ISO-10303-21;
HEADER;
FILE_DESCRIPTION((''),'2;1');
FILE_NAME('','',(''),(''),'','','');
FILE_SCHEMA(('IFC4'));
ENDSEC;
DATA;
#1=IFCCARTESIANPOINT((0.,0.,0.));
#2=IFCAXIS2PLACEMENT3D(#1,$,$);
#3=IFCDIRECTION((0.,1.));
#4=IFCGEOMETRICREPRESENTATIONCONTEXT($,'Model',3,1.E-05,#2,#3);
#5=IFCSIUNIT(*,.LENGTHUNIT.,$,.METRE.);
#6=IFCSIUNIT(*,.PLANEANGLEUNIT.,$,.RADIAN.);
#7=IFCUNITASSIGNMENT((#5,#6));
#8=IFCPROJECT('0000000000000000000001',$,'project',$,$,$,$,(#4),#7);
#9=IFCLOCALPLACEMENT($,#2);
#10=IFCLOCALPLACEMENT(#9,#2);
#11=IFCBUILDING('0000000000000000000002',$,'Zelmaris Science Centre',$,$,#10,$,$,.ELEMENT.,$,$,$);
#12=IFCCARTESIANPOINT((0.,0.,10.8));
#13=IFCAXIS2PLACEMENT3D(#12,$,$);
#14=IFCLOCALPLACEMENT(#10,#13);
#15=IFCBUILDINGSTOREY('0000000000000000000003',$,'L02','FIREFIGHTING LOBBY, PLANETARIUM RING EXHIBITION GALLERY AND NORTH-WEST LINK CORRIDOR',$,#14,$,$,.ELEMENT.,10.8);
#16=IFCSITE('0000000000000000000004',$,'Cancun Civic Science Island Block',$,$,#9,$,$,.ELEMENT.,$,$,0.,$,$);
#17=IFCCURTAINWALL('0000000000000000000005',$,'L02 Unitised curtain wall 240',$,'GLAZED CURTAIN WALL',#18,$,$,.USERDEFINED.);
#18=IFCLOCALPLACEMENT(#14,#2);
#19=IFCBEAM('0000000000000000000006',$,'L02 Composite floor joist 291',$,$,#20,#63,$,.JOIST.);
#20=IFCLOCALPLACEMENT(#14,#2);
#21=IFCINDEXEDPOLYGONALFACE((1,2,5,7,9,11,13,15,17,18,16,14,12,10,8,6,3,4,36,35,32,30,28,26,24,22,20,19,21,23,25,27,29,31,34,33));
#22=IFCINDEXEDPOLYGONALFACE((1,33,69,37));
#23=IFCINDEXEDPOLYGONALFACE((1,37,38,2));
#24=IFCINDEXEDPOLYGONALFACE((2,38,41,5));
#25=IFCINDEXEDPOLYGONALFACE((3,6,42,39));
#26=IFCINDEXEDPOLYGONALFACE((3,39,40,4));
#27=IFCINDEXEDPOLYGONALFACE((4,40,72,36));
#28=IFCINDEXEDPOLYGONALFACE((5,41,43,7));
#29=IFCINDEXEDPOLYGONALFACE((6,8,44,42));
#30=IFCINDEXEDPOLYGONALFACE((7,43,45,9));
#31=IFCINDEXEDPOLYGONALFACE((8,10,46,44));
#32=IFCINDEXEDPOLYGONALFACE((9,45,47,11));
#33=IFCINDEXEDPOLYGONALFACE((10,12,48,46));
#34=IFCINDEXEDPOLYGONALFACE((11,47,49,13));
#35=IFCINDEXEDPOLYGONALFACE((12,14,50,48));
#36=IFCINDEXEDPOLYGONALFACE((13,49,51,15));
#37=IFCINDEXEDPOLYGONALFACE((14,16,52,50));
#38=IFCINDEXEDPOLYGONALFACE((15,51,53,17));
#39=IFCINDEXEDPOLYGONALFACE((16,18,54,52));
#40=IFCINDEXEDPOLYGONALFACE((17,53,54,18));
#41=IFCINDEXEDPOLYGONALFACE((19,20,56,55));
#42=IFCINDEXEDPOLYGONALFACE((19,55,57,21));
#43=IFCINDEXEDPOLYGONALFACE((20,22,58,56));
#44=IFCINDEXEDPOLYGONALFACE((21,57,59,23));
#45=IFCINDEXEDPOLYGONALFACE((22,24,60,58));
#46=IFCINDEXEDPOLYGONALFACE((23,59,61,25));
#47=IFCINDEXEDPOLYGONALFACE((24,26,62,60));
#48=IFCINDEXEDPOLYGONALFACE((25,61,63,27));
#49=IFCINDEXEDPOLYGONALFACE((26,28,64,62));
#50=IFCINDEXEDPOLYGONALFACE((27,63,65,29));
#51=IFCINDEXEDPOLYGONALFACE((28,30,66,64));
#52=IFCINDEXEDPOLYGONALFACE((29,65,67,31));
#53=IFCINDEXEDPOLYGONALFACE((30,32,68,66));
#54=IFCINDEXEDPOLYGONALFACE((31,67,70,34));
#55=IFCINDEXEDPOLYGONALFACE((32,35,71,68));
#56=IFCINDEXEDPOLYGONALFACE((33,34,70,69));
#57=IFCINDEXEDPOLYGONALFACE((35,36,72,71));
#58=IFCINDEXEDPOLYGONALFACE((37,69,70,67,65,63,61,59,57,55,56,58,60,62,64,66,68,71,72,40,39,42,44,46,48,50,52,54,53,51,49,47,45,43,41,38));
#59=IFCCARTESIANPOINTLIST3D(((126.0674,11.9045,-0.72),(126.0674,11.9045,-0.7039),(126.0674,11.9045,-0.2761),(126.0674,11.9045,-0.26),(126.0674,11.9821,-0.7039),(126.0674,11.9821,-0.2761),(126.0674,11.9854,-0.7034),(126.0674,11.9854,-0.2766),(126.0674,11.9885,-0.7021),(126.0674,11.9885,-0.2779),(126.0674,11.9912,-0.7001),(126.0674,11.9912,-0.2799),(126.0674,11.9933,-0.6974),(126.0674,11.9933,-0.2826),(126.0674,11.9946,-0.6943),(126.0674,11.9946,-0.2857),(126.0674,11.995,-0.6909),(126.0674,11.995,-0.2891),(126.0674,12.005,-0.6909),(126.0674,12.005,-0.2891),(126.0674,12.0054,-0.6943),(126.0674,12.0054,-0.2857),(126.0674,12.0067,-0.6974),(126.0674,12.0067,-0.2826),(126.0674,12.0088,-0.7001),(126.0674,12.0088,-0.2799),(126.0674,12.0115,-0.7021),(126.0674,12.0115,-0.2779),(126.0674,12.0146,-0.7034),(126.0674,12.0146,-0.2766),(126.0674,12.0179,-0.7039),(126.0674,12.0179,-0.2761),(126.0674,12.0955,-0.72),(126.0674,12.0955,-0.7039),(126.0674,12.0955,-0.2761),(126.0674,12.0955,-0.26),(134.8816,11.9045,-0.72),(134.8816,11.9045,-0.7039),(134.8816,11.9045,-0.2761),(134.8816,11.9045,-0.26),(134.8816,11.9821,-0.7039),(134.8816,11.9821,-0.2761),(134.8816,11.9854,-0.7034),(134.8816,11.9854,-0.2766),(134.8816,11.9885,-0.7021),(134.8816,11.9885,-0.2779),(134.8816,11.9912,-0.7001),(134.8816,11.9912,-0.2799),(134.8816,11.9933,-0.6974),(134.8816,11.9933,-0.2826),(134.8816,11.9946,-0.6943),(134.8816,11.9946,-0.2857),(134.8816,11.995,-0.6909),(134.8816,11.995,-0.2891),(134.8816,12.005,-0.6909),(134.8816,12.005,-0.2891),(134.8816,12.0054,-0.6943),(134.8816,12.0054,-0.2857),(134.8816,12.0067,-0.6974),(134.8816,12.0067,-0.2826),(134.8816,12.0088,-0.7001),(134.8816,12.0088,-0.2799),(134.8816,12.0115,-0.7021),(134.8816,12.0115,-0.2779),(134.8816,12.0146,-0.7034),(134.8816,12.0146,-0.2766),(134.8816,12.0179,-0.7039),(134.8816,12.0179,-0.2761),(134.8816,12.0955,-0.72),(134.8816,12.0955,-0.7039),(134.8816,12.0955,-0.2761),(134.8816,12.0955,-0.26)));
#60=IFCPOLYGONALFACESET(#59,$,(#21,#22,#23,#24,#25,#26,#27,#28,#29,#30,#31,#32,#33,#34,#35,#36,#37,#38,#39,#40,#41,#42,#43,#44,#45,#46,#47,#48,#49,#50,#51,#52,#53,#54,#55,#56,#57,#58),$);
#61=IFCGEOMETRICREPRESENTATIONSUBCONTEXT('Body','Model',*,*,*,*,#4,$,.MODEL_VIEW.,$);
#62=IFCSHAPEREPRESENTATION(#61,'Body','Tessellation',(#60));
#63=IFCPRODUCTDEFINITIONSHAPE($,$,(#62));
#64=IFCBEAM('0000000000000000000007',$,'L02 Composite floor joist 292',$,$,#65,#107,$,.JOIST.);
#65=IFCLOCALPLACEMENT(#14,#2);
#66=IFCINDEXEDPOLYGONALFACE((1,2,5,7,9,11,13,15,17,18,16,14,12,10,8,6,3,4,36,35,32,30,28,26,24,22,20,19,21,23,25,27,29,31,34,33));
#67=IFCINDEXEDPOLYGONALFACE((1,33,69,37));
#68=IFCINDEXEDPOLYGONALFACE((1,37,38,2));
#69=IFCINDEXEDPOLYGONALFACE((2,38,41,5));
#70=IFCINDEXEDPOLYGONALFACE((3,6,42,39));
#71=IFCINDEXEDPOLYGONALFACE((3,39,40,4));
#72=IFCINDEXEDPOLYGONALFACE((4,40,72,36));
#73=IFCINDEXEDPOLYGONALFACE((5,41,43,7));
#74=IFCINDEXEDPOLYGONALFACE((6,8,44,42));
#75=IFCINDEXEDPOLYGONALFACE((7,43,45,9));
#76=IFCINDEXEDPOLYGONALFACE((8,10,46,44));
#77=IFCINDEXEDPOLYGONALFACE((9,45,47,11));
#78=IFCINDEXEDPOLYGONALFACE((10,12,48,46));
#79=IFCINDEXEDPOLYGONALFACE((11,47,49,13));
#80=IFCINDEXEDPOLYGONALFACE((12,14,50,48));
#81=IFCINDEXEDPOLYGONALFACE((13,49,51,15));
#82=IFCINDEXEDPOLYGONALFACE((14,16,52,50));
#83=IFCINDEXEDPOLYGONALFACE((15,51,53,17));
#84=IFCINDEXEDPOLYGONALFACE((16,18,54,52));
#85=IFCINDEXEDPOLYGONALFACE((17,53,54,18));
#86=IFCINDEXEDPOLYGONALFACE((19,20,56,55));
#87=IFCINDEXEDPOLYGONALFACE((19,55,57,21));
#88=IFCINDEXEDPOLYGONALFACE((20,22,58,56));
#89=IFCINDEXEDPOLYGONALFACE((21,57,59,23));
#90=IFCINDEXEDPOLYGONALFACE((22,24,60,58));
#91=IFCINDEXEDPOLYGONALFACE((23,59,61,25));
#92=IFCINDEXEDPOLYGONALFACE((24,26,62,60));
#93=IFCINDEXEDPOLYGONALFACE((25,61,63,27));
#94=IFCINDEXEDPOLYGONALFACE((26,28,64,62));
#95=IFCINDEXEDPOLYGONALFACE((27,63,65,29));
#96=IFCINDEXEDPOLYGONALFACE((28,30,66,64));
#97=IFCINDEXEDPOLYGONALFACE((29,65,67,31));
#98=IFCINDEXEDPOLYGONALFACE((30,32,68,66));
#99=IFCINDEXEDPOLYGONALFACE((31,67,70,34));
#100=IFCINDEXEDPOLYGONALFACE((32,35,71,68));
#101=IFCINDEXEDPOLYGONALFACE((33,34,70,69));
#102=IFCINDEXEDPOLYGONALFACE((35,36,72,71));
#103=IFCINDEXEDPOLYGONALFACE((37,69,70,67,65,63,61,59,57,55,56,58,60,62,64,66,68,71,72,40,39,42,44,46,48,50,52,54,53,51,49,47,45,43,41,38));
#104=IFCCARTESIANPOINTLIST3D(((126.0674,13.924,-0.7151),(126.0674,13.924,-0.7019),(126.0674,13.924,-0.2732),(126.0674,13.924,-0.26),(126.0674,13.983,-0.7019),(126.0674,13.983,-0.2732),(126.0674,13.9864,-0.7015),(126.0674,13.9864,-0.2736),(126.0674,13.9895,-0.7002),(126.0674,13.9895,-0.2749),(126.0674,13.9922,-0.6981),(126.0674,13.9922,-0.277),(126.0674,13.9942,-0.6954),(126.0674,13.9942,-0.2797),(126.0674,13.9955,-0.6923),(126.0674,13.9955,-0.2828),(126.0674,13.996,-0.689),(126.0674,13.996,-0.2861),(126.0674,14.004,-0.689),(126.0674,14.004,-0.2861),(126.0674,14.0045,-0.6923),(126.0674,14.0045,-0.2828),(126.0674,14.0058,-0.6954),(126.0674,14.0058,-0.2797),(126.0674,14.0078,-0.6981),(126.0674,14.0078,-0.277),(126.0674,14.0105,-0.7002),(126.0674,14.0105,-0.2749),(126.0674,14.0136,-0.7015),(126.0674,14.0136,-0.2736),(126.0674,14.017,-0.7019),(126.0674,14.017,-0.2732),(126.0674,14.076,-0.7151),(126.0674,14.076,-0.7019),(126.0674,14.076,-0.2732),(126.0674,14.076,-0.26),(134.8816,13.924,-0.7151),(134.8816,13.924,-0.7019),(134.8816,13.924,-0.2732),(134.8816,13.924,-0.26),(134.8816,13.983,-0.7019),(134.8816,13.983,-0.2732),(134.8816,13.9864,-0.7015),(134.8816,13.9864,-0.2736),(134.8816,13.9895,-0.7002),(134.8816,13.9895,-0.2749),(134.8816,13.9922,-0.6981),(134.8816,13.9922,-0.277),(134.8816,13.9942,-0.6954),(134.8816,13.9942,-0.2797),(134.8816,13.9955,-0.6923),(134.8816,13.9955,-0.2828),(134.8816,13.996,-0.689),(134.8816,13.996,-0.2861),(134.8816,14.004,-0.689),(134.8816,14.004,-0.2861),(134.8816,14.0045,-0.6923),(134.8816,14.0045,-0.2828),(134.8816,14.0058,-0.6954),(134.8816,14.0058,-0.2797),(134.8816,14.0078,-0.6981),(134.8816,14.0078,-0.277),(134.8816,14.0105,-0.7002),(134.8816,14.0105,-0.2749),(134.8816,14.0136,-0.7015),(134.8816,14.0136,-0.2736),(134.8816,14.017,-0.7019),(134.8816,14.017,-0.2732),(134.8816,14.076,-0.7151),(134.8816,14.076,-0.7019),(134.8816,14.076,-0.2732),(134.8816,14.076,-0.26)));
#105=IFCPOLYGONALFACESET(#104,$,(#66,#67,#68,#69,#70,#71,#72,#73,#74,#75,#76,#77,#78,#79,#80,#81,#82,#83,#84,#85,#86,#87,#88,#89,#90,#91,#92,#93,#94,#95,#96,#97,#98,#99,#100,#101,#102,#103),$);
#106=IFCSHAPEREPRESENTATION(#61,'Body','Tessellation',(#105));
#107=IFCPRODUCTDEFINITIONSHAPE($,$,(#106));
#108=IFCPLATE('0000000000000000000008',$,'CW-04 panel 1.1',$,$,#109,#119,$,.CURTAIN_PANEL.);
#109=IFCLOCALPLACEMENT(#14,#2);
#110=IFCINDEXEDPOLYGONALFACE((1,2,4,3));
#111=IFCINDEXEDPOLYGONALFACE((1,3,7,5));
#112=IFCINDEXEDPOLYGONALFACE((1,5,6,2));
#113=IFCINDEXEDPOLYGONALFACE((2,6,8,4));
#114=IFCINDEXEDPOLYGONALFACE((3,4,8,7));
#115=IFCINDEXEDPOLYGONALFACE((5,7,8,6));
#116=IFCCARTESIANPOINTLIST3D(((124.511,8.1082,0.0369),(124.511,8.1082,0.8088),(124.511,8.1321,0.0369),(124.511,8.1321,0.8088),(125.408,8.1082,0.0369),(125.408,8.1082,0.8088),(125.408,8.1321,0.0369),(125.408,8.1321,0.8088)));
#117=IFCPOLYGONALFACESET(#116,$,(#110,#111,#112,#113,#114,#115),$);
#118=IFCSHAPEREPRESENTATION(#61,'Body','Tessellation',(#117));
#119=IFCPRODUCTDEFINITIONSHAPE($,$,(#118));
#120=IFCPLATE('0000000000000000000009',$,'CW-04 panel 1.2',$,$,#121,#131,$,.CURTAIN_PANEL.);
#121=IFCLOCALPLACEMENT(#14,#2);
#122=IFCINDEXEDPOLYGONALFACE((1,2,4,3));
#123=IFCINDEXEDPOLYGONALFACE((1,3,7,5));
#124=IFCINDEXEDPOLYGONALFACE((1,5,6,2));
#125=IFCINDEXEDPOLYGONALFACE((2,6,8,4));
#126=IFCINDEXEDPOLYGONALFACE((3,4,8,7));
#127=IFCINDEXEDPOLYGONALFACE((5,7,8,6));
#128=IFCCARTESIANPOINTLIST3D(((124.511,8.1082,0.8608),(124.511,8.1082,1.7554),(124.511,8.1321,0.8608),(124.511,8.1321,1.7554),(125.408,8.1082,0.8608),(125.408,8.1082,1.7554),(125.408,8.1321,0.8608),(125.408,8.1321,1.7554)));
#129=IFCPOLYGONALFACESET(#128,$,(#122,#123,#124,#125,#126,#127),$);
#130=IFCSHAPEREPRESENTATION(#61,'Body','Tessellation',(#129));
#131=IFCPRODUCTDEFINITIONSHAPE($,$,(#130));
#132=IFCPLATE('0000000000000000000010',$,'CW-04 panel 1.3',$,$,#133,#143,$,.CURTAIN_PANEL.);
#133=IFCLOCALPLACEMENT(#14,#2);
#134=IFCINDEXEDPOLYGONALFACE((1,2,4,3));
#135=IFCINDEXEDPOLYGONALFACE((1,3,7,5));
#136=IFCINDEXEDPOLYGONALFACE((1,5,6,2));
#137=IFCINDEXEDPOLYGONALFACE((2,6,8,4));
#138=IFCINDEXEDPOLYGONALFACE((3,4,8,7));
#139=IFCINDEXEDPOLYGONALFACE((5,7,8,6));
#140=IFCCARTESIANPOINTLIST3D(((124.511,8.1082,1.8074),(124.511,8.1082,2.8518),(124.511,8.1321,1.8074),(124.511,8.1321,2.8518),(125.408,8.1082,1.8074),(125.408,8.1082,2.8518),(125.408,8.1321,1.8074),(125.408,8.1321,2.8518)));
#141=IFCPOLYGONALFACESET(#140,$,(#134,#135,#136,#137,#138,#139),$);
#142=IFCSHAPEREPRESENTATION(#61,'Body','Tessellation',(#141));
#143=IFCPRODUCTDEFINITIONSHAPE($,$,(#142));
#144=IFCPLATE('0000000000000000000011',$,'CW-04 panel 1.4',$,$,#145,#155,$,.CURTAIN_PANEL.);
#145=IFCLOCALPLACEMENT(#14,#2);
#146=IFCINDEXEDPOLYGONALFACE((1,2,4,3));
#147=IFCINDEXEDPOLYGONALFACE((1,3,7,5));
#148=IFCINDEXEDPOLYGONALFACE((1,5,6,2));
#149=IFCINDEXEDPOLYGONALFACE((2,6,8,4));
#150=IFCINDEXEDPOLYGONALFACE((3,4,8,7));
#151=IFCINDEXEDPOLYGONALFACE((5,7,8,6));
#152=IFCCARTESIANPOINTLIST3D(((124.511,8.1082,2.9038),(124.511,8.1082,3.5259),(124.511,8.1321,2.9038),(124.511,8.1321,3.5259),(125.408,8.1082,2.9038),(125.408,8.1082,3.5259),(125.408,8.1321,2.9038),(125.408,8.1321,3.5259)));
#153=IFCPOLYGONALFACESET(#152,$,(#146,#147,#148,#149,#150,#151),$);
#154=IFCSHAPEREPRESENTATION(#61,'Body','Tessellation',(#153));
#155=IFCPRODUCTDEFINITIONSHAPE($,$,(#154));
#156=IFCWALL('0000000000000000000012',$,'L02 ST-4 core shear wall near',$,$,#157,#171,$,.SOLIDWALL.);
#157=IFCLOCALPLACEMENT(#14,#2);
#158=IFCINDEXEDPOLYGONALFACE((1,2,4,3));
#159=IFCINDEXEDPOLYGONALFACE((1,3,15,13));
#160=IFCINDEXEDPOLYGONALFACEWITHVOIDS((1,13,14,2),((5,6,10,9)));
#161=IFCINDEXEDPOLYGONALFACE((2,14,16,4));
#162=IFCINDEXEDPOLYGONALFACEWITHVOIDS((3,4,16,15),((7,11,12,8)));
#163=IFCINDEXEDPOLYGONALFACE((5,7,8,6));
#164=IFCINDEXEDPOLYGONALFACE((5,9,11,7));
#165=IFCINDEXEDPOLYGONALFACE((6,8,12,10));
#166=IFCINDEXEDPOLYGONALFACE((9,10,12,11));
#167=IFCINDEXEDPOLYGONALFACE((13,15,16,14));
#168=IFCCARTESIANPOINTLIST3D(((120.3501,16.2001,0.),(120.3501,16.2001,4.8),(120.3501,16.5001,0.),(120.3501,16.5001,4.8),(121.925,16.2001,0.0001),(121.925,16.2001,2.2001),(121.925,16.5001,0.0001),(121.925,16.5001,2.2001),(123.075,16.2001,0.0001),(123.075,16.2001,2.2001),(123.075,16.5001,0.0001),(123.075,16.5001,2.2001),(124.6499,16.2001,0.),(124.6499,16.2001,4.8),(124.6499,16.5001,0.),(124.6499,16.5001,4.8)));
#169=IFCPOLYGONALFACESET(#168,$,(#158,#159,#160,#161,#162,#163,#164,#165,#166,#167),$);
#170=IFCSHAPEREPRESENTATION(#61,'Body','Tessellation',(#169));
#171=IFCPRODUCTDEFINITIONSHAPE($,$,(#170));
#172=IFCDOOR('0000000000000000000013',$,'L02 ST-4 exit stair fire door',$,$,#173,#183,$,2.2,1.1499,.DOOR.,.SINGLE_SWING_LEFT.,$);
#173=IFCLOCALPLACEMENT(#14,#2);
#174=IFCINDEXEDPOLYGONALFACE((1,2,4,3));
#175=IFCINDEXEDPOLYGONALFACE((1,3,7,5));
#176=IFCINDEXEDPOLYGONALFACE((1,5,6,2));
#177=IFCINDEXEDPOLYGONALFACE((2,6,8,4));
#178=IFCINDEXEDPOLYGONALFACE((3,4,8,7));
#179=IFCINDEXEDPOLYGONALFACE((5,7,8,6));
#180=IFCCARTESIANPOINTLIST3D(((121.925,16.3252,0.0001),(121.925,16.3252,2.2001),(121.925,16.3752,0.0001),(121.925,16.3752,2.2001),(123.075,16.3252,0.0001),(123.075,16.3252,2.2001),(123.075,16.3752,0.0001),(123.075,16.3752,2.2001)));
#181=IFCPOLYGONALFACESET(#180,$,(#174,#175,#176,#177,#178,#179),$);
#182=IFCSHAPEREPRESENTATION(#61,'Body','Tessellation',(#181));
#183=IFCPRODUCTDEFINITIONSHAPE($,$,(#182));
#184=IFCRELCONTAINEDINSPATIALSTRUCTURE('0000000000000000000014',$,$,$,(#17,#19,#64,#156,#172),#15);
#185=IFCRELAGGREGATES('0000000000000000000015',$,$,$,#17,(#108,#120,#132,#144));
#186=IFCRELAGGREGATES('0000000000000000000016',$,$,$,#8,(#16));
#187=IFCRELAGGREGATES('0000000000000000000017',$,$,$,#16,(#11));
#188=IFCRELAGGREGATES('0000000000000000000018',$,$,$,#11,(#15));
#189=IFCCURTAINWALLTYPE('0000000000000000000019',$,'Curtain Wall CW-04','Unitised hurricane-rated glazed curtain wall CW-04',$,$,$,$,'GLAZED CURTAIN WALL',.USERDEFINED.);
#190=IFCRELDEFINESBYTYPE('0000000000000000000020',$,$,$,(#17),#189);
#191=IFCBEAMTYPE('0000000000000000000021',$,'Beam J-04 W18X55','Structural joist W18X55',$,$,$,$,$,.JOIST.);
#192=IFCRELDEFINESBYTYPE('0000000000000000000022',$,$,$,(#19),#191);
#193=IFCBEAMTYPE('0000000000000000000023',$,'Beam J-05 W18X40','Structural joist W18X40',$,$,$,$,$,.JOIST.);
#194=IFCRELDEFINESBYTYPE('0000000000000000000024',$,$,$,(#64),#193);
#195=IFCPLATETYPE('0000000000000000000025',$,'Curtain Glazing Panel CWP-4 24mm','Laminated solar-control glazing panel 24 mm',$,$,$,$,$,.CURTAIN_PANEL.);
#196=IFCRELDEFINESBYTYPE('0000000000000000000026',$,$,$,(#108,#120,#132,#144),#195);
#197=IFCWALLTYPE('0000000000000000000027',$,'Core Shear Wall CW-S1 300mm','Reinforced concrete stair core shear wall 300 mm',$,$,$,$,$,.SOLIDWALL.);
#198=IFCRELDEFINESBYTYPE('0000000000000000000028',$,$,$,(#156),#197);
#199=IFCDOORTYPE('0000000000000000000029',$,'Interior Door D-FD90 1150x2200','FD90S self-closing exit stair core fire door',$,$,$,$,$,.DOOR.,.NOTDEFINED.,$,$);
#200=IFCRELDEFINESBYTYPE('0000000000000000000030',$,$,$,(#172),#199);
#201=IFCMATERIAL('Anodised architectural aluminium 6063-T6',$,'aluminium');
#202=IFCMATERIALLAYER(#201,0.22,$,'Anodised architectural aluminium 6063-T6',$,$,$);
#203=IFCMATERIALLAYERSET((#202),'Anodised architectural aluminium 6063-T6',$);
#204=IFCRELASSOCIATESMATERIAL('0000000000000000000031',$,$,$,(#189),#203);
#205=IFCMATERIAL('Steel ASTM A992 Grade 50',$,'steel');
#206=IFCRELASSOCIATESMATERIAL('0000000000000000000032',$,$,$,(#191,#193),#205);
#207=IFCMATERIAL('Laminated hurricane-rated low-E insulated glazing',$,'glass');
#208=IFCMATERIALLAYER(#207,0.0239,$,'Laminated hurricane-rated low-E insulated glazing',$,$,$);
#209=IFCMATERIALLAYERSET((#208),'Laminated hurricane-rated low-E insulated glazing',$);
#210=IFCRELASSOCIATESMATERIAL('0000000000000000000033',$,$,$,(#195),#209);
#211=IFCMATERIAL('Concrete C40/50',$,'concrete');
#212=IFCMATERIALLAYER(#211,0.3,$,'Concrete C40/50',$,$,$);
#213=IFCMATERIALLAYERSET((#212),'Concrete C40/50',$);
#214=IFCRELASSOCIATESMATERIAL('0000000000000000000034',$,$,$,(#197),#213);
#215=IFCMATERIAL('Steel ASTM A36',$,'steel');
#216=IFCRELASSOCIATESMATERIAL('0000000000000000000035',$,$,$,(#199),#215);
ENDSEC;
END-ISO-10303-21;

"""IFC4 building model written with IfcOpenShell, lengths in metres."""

from ifc_helpers import new_model, si_unit, direction, frame, frame_2d, origin, origin_2d, place, context, subcontext, project, spatial, rectangle, i_section, extrude, material, layer, layer_set, material_profile, profile_set, type_object, element, fill, aggregate, save


model = new_model("IFC4")

# Units and contexts
model_context = context("Model", 3, precision=1e-05, world=origin(), true_north=direction((0.0, 1.0)))
body_context = subcontext(model_context, "Body", "Model", "MODEL_VIEW")
ifc_project = project(units=[si_unit("LENGTHUNIT", "METRE"), si_unit("PLANEANGLEUNIT", "RADIAN")], contexts=[model_context])

# Site, building, storey
site_placement = place(None, origin())
site = spatial("IfcSite", under=ifc_project, at=site_placement, Name="Cancun Civic Science Island Block", CompositionType="ELEMENT", RefElevation=0.0)
building_placement = place(site_placement, origin())
building = spatial("IfcBuilding", under=site, at=building_placement, Name="Zelmaris Science Centre", CompositionType="ELEMENT")
storey_placement = place(building_placement, frame((0.0, 0.0, 10.8)))
storey = spatial("IfcBuildingStorey", under=building, at=storey_placement, Name="L02", Description="FIREFIGHTING LOBBY, PLANETARIUM RING EXHIBITION GALLERY AND NORTH-WEST LINK CORRIDOR", CompositionType="ELEMENT", Elevation=10.8)

# Shared definitions
ifc_material_1 = material(Name="Steel ASTM A992 Grade 50", Category="steel")

# Curtain wall
ifc_material_2 = material(Name="Anodised architectural aluminium 6063-T6", Category="aluminium")
ifc_layer_1 = layer(ifc_material_2, 0.22, Name="Anodised architectural aluminium 6063-T6")
ifc_layer_set_1 = layer_set([ifc_layer_1], Name="Anodised architectural aluminium 6063-T6")
curtain_wall_type = type_object("IfcCurtainWallType", Name="Curtain Wall CW-04", Description="Unitised hurricane-rated glazed curtain wall CW-04", ElementType="GLAZED CURTAIN WALL", PredefinedType="USERDEFINED", material=ifc_layer_set_1)
curtain_wall_placement = place(storey_placement, origin())
curtain_wall = element("IfcCurtainWall", 1, at=curtain_wall_placement, inside=storey, type_object=curtain_wall_type, Name="L02 Unitised curtain wall 240", ObjectType="GLAZED CURTAIN WALL", PredefinedType="USERDEFINED")

# Beams
ifc_material_profile_1 = material_profile(ifc_material_1, i_section(OverallWidth=0.1909, OverallDepth=0.46, WebThickness=0.01, FlangeThickness=0.0161, FilletRadius=0.0129, at=origin_2d()), Name="W18X55")
ifc_profile_set_1 = profile_set([ifc_material_profile_1], Name="Steel ASTM A992 Grade 50")
beam_type_1 = type_object("IfcBeamType", Name="Beam J-04 W18X55", Description="Structural joist W18X55", PredefinedType="JOIST", material=ifc_profile_set_1)
beam_1_placement = place(storey_placement, frame((126.0674, 12.0, -0.49), z_axis=(1.0, 0.0, 0.0), x_axis=(0.0, 1.0, 0.0)))
element("IfcBeam", 2, at=beam_1_placement, inside=storey, type_object=beam_type_1, Name="L02 Composite floor joist 291", PredefinedType="JOIST", context=body_context, shape_type="SweptSolid", body=[
    extrude(i_section(OverallWidth=0.1909, OverallDepth=0.46, WebThickness=0.01, FlangeThickness=0.0161, FilletRadius=0.0129, at=origin_2d()), origin(), (0.0, 0.0, 1.0), 8.8142),
])
ifc_material_profile_2 = material_profile(ifc_material_1, i_section(OverallWidth=0.1521, OverallDepth=0.4551, WebThickness=0.0081, FlangeThickness=0.0132, FilletRadius=0.0129, at=origin_2d()), Name="W18X40")
ifc_profile_set_2 = profile_set([ifc_material_profile_2], Name="Steel ASTM A992 Grade 50")
beam_type_2 = type_object("IfcBeamType", Name="Beam J-05 W18X40", Description="Structural joist W18X40", PredefinedType="JOIST", material=ifc_profile_set_2)
beam_2_placement = place(storey_placement, frame((126.0674, 14.0, -0.4875), z_axis=(1.0, 0.0, 0.0), x_axis=(0.0, 1.0, 0.0)))
element("IfcBeam", 3, at=beam_2_placement, inside=storey, type_object=beam_type_2, Name="L02 Composite floor joist 292", PredefinedType="JOIST", context=body_context, shape_type="SweptSolid", body=[
    extrude(i_section(OverallWidth=0.1521, OverallDepth=0.4551, WebThickness=0.0081, FlangeThickness=0.0132, FilletRadius=0.0129, at=origin_2d()), origin(), (0.0, 0.0, 1.0), 8.8142),
])

# Plates
ifc_material_3 = material(Name="Laminated hurricane-rated low-E insulated glazing", Category="glass")
ifc_layer_2 = layer(ifc_material_3, 0.0239, Name="Laminated hurricane-rated low-E insulated glazing")
ifc_layer_set_2 = layer_set([ifc_layer_2], Name="Laminated hurricane-rated low-E insulated glazing")
plate_type = type_object("IfcPlateType", Name="Curtain Glazing Panel CWP-4 24mm", Description="Laminated solar-control glazing panel 24 mm", PredefinedType="CURTAIN_PANEL", material=ifc_layer_set_2)
plate_1_placement = place(storey_placement, frame((124.9595, 8.1201, 0.0369), z_axis=(0.0, 0.0, 1.0), x_axis=(-1.0, 0.0, 0.0)))
plate_1 = element("IfcPlate", 4, at=plate_1_placement, type_object=plate_type, Name="CW-04 panel 1.1", PredefinedType="CURTAIN_PANEL", context=body_context, shape_type="SweptSolid", body=[
    extrude(rectangle(XDim=0.897, YDim=0.0239, at=origin_2d()), origin(), (0.0, 0.0, 1.0), 0.772),
])
plate_2_placement = place(storey_placement, frame((124.9595, 8.1201, 0.8608), z_axis=(0.0, 0.0, 1.0), x_axis=(-1.0, 0.0, 0.0)))
plate_2 = element("IfcPlate", 5, at=plate_2_placement, type_object=plate_type, Name="CW-04 panel 1.2", PredefinedType="CURTAIN_PANEL", context=body_context, shape_type="SweptSolid", body=[
    extrude(rectangle(XDim=0.897, YDim=0.0239, at=origin_2d()), origin(), (0.0, 0.0, 1.0), 0.8945),
])
plate_3_placement = place(storey_placement, frame((124.9595, 8.1201, 1.8074), z_axis=(0.0, 0.0, 1.0), x_axis=(-1.0, 0.0, 0.0)))
plate_3 = element("IfcPlate", 6, at=plate_3_placement, type_object=plate_type, Name="CW-04 panel 1.3", PredefinedType="CURTAIN_PANEL", context=body_context, shape_type="SweptSolid", body=[
    extrude(rectangle(XDim=0.897, YDim=0.0239, at=origin_2d()), origin(), (0.0, 0.0, 1.0), 1.0444),
])
plate_4_placement = place(storey_placement, frame((124.9595, 8.1201, 2.9038), z_axis=(0.0, 0.0, 1.0), x_axis=(-1.0, 0.0, 0.0)))
plate_4 = element("IfcPlate", 7, at=plate_4_placement, type_object=plate_type, Name="CW-04 panel 1.4", PredefinedType="CURTAIN_PANEL", context=body_context, shape_type="SweptSolid", body=[
    extrude(rectangle(XDim=0.897, YDim=0.0239, at=origin_2d()), origin(), (0.0, 0.0, 1.0), 0.6221),
])
aggregate(curtain_wall, [plate_1, plate_2, plate_3, plate_4])

# Wall, opening, door
ifc_material_4 = material(Name="Concrete C40/50", Category="concrete")
ifc_layer_3 = layer(ifc_material_4, 0.3, Name="Concrete C40/50")
ifc_layer_set_3 = layer_set([ifc_layer_3], Name="Concrete C40/50")
wall_type = type_object("IfcWallType", Name="Core Shear Wall CW-S1 300mm", Description="Reinforced concrete stair core shear wall 300 mm", PredefinedType="SOLIDWALL", material=ifc_layer_set_3)
wall_1_placement = place(storey_placement, frame((124.6499, 16.3501, 0.0), z_axis=(0.0, 0.0, 1.0), x_axis=(-1.0, 0.0, 0.0)))
wall_1 = element("IfcWall", 8, at=wall_1_placement, inside=storey, type_object=wall_type, Name="L02 ST-4 core shear wall near", PredefinedType="SOLIDWALL", context=body_context, shape_type="SweptSolid", body=[
    extrude(rectangle(XDim=4.2998, YDim=0.3, at=frame_2d((2.1499, 0.0))), origin(), (0.0, 0.0, 1.0), 4.8),
])
opening_placement = place(wall_1_placement, frame((1.575, 0.0, 0.0)))
opening = element("IfcOpeningElement", 9, at=opening_placement, cuts=wall_1, PredefinedType="OPENING", context=body_context, shape_type="SweptSolid", body=[
    extrude(rectangle(XDim=1.1499, YDim=2.2, at=frame_2d((0.575, 1.1001))), frame((0.0, 0.1599, 0.0), z_axis=(0.0, -1.0, 0.0), x_axis=(1.0, 0.0, 0.0)), (0.0, 0.0, 1.0), 0.3201),
])
ifc_material_5 = material(Name="Steel ASTM A36", Category="steel")
door_type = type_object("IfcDoorType", Name="Interior Door D-FD90 1150x2200", Description="FD90S self-closing exit stair core fire door", OperationType="NOTDEFINED", PredefinedType="DOOR", material=ifc_material_5)
door_placement = place(opening_placement, origin())
door = element("IfcDoor", 10, at=door_placement, inside=storey, type_object=door_type, Name="L02 ST-4 exit stair fire door", OperationType="SINGLE_SWING_LEFT", OverallHeight=2.2, OverallWidth=1.1499, PredefinedType="DOOR", context=body_context, shape_type="SweptSolid", body=[
    extrude(rectangle(XDim=1.1499, YDim=2.2, at=frame_2d((0.575, 1.1001))), frame((0.0, 0.0249, 0.0), z_axis=(0.0, -1.0, 0.0), x_axis=(1.0, 0.0, 0.0)), (0.0, 0.0, 1.0), 0.05),
])
fill(opening, door)

save(model, "model.ifc")
